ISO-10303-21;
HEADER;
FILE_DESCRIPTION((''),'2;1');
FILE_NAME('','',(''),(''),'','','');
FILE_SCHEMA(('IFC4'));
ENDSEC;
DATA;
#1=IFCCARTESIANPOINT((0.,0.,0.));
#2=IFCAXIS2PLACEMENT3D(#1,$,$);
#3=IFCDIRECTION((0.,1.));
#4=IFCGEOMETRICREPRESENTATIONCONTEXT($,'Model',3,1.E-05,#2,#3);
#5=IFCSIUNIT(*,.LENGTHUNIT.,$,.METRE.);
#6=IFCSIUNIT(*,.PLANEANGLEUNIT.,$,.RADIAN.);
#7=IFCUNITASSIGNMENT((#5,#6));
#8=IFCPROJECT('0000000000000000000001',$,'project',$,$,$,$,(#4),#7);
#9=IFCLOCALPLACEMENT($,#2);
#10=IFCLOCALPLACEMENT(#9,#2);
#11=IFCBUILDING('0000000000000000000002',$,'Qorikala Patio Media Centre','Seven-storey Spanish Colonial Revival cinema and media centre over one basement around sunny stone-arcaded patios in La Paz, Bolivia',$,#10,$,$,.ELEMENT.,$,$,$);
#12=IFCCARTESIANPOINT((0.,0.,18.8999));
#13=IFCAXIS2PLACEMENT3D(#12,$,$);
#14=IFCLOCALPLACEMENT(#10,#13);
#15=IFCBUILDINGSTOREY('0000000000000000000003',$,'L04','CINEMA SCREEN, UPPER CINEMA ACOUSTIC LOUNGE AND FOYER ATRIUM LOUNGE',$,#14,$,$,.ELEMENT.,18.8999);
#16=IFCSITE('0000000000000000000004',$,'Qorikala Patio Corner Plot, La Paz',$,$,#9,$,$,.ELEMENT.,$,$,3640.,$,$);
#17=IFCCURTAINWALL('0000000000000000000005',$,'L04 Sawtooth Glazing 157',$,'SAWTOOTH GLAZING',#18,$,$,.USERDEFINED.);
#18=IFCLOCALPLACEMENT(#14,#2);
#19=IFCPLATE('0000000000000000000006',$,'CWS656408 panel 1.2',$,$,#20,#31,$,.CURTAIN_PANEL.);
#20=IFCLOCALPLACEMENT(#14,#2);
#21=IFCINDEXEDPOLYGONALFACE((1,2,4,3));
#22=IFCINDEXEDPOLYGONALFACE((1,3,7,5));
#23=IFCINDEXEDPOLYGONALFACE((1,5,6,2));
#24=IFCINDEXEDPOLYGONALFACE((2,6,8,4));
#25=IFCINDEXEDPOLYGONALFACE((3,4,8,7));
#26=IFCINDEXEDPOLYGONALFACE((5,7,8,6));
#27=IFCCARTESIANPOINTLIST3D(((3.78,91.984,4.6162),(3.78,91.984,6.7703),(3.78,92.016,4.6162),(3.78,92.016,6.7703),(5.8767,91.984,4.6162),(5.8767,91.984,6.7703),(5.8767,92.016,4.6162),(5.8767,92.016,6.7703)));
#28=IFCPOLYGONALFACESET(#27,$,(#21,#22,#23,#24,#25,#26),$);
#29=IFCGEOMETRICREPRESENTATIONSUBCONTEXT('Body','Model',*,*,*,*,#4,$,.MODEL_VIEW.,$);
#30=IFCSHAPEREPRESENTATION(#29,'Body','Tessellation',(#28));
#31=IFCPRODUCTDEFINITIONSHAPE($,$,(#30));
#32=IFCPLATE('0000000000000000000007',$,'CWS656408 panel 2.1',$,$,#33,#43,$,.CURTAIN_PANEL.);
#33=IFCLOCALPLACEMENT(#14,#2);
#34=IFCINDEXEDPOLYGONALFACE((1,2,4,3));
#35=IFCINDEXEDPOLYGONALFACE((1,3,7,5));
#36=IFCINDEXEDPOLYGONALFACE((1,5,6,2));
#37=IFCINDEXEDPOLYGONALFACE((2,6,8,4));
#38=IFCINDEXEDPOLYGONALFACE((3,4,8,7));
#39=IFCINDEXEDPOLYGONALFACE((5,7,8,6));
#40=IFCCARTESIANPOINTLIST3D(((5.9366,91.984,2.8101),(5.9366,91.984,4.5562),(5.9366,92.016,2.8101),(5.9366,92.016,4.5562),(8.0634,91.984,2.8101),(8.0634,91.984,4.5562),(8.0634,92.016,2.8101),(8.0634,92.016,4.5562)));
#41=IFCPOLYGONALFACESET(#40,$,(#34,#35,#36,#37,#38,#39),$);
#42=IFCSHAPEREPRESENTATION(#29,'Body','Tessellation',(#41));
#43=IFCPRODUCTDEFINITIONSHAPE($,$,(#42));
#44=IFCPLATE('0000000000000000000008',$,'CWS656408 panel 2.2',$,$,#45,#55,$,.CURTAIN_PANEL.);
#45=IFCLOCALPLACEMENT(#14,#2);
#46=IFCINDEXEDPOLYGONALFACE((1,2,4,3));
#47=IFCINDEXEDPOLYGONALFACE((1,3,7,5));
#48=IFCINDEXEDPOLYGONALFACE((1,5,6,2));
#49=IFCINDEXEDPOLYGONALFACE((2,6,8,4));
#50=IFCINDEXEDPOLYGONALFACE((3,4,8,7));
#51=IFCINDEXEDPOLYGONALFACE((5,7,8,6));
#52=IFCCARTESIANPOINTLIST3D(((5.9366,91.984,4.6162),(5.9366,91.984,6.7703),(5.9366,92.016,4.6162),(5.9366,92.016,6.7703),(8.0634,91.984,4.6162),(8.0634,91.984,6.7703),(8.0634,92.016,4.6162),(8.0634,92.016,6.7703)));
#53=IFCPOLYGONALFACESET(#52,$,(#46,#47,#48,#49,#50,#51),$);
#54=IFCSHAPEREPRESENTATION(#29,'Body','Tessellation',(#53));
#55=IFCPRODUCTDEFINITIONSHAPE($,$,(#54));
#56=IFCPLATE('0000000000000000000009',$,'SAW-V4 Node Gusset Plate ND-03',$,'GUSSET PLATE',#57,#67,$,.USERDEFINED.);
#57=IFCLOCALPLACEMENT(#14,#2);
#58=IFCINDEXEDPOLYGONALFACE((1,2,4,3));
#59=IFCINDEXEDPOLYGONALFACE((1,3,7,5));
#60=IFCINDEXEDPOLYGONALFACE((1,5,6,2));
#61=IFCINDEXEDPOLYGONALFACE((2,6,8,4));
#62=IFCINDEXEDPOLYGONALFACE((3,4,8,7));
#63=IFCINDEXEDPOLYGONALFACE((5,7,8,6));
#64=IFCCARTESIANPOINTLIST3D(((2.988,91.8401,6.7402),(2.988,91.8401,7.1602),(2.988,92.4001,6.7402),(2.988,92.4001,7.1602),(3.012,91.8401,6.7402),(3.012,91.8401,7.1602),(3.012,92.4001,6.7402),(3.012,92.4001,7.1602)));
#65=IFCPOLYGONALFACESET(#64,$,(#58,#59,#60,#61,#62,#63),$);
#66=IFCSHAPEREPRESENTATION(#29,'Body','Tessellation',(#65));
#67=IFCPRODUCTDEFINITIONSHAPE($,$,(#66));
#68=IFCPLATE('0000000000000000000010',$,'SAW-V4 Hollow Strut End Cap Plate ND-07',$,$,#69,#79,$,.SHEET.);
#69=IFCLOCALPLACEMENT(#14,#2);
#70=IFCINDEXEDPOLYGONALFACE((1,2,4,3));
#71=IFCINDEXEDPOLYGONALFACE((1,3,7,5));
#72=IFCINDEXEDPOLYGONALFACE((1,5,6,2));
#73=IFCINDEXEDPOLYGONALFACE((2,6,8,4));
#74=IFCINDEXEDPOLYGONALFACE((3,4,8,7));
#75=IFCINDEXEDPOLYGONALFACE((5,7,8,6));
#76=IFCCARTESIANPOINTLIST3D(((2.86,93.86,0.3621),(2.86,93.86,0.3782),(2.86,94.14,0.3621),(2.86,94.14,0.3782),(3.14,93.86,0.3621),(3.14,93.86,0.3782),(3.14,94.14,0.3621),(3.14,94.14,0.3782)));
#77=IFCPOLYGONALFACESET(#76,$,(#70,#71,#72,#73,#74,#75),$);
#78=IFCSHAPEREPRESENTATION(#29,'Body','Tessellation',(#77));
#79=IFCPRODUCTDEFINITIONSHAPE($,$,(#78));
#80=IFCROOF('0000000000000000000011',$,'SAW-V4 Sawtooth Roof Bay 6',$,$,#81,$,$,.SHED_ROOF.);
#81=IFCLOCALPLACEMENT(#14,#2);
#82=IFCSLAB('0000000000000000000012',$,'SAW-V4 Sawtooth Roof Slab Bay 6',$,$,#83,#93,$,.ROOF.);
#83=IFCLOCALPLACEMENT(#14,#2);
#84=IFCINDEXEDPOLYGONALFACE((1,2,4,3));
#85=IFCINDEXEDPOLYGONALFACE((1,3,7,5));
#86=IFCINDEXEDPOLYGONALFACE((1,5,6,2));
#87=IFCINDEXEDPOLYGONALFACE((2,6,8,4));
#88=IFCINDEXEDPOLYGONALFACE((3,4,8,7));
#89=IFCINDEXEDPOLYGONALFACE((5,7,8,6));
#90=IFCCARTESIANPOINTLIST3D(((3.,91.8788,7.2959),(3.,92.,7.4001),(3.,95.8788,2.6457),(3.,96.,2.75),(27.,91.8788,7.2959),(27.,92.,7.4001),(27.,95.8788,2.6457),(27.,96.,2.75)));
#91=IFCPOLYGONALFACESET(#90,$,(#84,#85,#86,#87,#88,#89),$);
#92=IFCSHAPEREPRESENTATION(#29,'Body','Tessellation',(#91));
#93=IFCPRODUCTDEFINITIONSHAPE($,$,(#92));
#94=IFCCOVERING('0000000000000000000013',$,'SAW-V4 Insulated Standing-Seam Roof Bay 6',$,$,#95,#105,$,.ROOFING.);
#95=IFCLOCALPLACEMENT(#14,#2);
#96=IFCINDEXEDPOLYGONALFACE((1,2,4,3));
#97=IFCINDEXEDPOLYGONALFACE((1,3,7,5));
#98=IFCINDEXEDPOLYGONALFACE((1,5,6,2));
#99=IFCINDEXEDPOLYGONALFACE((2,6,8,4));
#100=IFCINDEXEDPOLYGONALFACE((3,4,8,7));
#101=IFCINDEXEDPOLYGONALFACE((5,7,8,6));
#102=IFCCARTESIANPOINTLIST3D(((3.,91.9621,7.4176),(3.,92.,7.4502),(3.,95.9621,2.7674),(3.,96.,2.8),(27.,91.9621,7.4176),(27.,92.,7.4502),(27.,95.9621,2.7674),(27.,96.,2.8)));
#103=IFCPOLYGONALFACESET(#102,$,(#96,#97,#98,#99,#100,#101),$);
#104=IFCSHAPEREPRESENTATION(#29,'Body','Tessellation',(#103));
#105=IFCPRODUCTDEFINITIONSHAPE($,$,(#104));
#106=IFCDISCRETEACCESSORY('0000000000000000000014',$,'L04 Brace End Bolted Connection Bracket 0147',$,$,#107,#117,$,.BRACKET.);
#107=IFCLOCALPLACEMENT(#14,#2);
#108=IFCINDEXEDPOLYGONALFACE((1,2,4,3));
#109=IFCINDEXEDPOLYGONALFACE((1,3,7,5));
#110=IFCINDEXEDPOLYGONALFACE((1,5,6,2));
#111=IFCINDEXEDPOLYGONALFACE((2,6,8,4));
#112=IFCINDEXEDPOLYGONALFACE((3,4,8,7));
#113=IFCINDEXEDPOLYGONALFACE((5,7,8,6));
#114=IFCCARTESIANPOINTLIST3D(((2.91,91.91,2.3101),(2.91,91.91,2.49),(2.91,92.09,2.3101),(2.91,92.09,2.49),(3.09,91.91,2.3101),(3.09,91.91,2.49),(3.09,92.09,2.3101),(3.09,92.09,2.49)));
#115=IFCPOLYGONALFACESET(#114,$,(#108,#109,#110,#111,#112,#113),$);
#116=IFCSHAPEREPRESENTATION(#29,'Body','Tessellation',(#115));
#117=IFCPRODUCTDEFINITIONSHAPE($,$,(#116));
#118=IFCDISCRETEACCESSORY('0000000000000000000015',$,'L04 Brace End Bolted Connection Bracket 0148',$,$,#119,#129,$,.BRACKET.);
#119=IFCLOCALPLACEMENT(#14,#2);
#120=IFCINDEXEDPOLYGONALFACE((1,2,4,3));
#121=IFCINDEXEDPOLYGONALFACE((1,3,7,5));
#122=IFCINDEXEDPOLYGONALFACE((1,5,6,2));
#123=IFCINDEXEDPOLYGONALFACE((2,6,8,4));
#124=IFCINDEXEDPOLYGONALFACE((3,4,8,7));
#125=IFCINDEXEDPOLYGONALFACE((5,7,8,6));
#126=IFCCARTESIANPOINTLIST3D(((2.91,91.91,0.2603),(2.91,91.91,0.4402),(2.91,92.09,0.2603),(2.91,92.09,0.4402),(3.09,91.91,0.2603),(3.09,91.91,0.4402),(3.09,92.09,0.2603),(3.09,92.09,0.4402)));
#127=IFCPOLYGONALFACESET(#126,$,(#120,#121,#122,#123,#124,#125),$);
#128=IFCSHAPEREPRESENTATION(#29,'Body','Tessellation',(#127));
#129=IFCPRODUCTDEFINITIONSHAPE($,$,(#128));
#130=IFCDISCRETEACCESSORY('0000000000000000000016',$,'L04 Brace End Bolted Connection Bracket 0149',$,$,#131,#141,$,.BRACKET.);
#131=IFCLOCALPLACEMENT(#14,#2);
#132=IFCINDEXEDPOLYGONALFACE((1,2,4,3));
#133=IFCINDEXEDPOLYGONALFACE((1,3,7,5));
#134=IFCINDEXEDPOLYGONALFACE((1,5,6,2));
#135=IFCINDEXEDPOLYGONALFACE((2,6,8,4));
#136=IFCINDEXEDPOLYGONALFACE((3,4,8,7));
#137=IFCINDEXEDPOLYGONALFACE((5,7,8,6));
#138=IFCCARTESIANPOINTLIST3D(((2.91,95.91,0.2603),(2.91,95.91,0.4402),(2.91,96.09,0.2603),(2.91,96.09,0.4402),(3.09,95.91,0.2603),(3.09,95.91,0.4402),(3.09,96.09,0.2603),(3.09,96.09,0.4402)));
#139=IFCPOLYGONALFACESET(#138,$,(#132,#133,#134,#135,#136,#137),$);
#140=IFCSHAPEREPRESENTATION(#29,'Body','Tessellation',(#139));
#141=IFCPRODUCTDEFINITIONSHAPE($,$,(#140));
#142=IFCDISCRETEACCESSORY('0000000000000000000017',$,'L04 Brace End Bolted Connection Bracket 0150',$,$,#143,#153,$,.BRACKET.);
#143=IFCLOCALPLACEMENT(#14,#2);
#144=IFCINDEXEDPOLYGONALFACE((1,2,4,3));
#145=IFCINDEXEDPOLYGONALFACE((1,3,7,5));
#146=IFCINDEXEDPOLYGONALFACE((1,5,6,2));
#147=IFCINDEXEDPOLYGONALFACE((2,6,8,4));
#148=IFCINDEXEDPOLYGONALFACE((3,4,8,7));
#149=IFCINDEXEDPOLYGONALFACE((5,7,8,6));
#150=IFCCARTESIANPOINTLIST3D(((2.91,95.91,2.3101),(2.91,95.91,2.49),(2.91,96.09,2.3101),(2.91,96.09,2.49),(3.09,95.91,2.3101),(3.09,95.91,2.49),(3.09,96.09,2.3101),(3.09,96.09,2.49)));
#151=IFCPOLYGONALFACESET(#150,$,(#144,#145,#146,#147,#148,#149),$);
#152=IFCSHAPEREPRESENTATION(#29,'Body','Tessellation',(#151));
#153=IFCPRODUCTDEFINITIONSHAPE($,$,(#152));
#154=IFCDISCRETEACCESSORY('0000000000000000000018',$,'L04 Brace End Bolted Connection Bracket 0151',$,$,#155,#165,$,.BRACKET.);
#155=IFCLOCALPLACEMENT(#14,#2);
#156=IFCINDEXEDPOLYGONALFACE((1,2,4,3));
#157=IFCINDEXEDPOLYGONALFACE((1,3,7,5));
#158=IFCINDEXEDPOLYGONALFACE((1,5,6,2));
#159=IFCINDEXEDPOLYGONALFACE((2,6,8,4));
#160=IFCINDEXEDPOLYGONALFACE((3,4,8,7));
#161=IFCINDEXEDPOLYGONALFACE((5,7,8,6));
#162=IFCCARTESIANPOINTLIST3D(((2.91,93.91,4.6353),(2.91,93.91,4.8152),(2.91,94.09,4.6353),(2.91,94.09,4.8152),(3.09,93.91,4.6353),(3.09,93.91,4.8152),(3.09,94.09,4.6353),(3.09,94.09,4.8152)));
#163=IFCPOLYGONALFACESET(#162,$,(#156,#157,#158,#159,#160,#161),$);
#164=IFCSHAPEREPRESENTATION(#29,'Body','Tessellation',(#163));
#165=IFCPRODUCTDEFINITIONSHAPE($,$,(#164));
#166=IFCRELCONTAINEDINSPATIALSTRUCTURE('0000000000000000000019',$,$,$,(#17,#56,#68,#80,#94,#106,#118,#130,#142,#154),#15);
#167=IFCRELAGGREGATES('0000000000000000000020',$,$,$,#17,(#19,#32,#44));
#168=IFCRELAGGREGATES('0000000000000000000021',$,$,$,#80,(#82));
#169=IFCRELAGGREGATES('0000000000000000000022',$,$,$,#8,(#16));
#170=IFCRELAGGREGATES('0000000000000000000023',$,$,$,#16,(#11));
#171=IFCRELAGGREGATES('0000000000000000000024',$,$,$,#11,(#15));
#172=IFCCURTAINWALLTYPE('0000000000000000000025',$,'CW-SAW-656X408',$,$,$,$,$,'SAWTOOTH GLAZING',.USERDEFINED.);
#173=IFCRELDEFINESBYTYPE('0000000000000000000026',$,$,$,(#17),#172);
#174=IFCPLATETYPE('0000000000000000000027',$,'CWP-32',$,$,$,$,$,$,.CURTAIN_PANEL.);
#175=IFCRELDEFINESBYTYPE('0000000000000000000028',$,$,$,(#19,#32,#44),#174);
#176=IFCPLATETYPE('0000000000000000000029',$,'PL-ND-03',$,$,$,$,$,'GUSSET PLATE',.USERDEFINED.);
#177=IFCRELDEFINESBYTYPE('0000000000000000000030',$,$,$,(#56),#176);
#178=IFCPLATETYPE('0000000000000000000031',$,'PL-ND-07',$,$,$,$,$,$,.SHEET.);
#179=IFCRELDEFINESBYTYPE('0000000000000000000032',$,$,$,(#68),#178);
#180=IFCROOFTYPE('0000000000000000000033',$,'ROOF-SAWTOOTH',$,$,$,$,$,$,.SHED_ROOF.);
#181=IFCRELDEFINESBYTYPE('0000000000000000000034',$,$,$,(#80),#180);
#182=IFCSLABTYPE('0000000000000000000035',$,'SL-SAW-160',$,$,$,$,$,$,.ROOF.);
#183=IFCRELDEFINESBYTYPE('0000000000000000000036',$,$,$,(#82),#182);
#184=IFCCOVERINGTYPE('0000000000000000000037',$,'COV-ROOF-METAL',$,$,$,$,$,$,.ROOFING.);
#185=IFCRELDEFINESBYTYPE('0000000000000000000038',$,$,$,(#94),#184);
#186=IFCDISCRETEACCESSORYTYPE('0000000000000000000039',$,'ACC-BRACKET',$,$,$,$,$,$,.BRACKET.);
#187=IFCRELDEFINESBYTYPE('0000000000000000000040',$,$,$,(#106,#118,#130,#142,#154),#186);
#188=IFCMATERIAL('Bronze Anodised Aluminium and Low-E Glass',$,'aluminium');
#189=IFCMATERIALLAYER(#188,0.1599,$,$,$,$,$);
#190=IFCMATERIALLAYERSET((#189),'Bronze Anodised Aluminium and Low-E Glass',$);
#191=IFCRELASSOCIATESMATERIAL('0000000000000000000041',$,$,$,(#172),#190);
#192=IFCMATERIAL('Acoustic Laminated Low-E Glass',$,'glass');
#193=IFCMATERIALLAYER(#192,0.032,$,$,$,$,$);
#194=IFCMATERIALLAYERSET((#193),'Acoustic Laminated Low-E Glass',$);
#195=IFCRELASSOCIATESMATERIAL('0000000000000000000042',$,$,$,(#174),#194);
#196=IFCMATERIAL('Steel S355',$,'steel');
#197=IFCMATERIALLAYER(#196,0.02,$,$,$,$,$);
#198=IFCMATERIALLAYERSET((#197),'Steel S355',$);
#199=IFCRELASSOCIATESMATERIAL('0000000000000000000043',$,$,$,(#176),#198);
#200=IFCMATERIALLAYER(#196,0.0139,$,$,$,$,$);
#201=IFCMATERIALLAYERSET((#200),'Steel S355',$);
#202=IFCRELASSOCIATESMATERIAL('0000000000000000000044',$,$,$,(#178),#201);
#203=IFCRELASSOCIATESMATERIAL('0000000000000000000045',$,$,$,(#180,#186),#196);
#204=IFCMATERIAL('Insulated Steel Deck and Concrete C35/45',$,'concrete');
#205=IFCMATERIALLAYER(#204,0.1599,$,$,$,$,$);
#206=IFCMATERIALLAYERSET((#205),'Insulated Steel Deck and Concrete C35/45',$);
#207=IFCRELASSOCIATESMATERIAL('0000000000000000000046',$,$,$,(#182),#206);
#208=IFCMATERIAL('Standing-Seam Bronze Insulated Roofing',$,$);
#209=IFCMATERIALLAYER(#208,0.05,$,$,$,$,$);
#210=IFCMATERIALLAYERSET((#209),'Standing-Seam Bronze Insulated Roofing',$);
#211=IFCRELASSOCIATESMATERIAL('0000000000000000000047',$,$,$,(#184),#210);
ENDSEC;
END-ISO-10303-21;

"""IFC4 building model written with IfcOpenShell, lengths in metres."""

from ifc_helpers import new_model, si_unit, direction, frame, origin, origin_2d, place, context, subcontext, project, spatial, polyline, rectangle, outline, extrude, material, layer, layer_set, type_object, element, aggregate, save


model = new_model("IFC4")

# Units and contexts
model_context = context("Model", 3, precision=1e-05, world=origin(), true_north=direction((0.0, 1.0)))
body_context = subcontext(model_context, "Body", "Model", "MODEL_VIEW")
ifc_project = project(units=[si_unit("LENGTHUNIT", "METRE"), si_unit("PLANEANGLEUNIT", "RADIAN")], contexts=[model_context])

# Site, building, storey
site_placement = place(None, origin())
site = spatial("IfcSite", under=ifc_project, at=site_placement, Name="Qorikala Patio Corner Plot, La Paz", CompositionType="ELEMENT", RefElevation=3640.0)
building_placement = place(site_placement, origin())
building = spatial("IfcBuilding", under=site, at=building_placement, Name="Qorikala Patio Media Centre", Description="Seven-storey Spanish Colonial Revival cinema and media centre over one basement around sunny stone-arcaded patios in La Paz, Bolivia", CompositionType="ELEMENT")
storey_placement = place(building_placement, frame((0.0, 0.0, 18.8999)))
storey = spatial("IfcBuildingStorey", under=building, at=storey_placement, Name="L04", Description="CINEMA SCREEN, UPPER CINEMA ACOUSTIC LOUNGE AND FOYER ATRIUM LOUNGE", CompositionType="ELEMENT", Elevation=18.8999)

# Shared definitions
ifc_material_1 = material(Name="Steel S355", Category="steel")

# Curtain wall
ifc_material_2 = material(Name="Bronze Anodised Aluminium and Low-E Glass", Category="aluminium")
ifc_layer_1 = layer(ifc_material_2, 0.1599)
ifc_layer_set_1 = layer_set([ifc_layer_1], Name="Bronze Anodised Aluminium and Low-E Glass")
curtain_wall_type = type_object("IfcCurtainWallType", Name="CW-SAW-656X408", ElementType="SAWTOOTH GLAZING", PredefinedType="USERDEFINED", material=ifc_layer_set_1)
curtain_wall_placement = place(storey_placement, origin())
curtain_wall = element("IfcCurtainWall", 1, at=curtain_wall_placement, inside=storey, type_object=curtain_wall_type, Name="L04 Sawtooth Glazing 157", ObjectType="SAWTOOTH GLAZING", PredefinedType="USERDEFINED")

# Plates
ifc_material_3 = material(Name="Acoustic Laminated Low-E Glass", Category="glass")
ifc_layer_2 = layer(ifc_material_3, 0.032)
ifc_layer_set_2 = layer_set([ifc_layer_2], Name="Acoustic Laminated Low-E Glass")
plate_type_1 = type_object("IfcPlateType", Name="CWP-32", PredefinedType="CURTAIN_PANEL", material=ifc_layer_set_2)
plate_1_placement = place(storey_placement, frame((4.8284, 92.0, 4.6162), z_axis=(0.0, 0.0, 1.0), x_axis=(1.0, 0.0, 0.0)))
plate_1 = element("IfcPlate", 2, at=plate_1_placement, type_object=plate_type_1, Name="CWS656408 panel 1.2", PredefinedType="CURTAIN_PANEL", context=body_context, shape_type="SweptSolid", body=[
    extrude(rectangle(XDim=2.0967, YDim=0.032, at=origin_2d()), origin(), (0.0, 0.0, 1.0), 2.1541),
])
plate_2_placement = place(storey_placement, frame((7.0, 92.0, 2.8101), z_axis=(0.0, 0.0, 1.0), x_axis=(1.0, 0.0, 0.0)))
plate_2 = element("IfcPlate", 3, at=plate_2_placement, type_object=plate_type_1, Name="CWS656408 panel 2.1", PredefinedType="CURTAIN_PANEL", context=body_context, shape_type="SweptSolid", body=[
    extrude(rectangle(XDim=2.1267, YDim=0.032, at=origin_2d()), origin(), (0.0, 0.0, 1.0), 1.7461),
])
plate_3_placement = place(storey_placement, frame((7.0, 92.0, 4.6162), z_axis=(0.0, 0.0, 1.0), x_axis=(1.0, 0.0, 0.0)))
plate_3 = element("IfcPlate", 4, at=plate_3_placement, type_object=plate_type_1, Name="CWS656408 panel 2.2", PredefinedType="CURTAIN_PANEL", context=body_context, shape_type="SweptSolid", body=[
    extrude(rectangle(XDim=2.1267, YDim=0.032, at=origin_2d()), origin(), (0.0, 0.0, 1.0), 2.1541),
])
aggregate(curtain_wall, [plate_1, plate_2, plate_3])

# Plates
ifc_layer_3 = layer(ifc_material_1, 0.02)
ifc_layer_set_3 = layer_set([ifc_layer_3], Name="Steel S355")
plate_type_2 = type_object("IfcPlateType", Name="PL-ND-03", ElementType="GUSSET PLATE", PredefinedType="USERDEFINED", material=ifc_layer_set_3)
plate_4_placement = place(storey_placement, frame((3.0, 92.1201, 6.7402), z_axis=(0.0, 0.0, 1.0), x_axis=(1.0, 0.0, 0.0)))
element("IfcPlate", 5, at=plate_4_placement, inside=storey, type_object=plate_type_2, Name="SAW-V4 Node Gusset Plate ND-03", ObjectType="GUSSET PLATE", PredefinedType="USERDEFINED", context=body_context, shape_type="SweptSolid", body=[
    extrude(rectangle(XDim=0.0239, YDim=0.5601, at=origin_2d()), origin(), (0.0, 0.0, 1.0), 0.4199),
])
ifc_layer_4 = layer(ifc_material_1, 0.0139)
ifc_layer_set_4 = layer_set([ifc_layer_4], Name="Steel S355")
plate_type_3 = type_object("IfcPlateType", Name="PL-ND-07", PredefinedType="SHEET", material=ifc_layer_set_4)
plate_5_placement = place(storey_placement, frame((3.0, 94.0, 0.3621), z_axis=(0.0, 0.0, 1.0), x_axis=(1.0, 0.0, 0.0)))
element("IfcPlate", 6, at=plate_5_placement, inside=storey, type_object=plate_type_3, Name="SAW-V4 Hollow Strut End Cap Plate ND-07", PredefinedType="SHEET", context=body_context, shape_type="SweptSolid", body=[
    extrude(rectangle(XDim=0.28, YDim=0.28, at=origin_2d()), origin(), (0.0, 0.0, 1.0), 0.0161),
])

# Roof, slab
roof_type = type_object("IfcRoofType", Name="ROOF-SAWTOOTH", PredefinedType="SHED_ROOF", material=ifc_material_1)
roof_placement = place(storey_placement, origin())
roof = element("IfcRoof", 7, at=roof_placement, inside=storey, type_object=roof_type, Name="SAW-V4 Sawtooth Roof Bay 6", PredefinedType="SHED_ROOF")
ifc_material_4 = material(Name="Insulated Steel Deck and Concrete C35/45", Category="concrete")
ifc_layer_5 = layer(ifc_material_4, 0.1599)
ifc_layer_set_5 = layer_set([ifc_layer_5], Name="Insulated Steel Deck and Concrete C35/45")
slab_type = type_object("IfcSlabType", Name="SL-SAW-160", PredefinedType="ROOF", material=ifc_layer_set_5)
slab_placement = place(storey_placement, frame((3.0, 92.0, 7.4001), z_axis=(0.0, 0.758115, 0.652121), x_axis=(1.0, 0.0, 0.0)))
slab = element("IfcSlab", 8, at=slab_placement, type_object=slab_type, Name="SAW-V4 Sawtooth Roof Slab Bay 6", PredefinedType="ROOF", context=body_context, shape_type="SweptSolid", body=[
    extrude(outline(polyline([(0.0, 0.0), (24.0, 0.0), (24.0, 6.1338), (0.0, 6.1338), (0.0, 0.0)])), origin(), (0.0, 0.0, -1.0), 0.1599),
])
aggregate(roof, [slab])

# Covering
ifc_material_5 = material(Name="Standing-Seam Bronze Insulated Roofing")
ifc_layer_6 = layer(ifc_material_5, 0.05)
ifc_layer_set_6 = layer_set([ifc_layer_6], Name="Standing-Seam Bronze Insulated Roofing")
covering_type = type_object("IfcCoveringType", Name="COV-ROOF-METAL", PredefinedType="ROOFING", material=ifc_layer_set_6)
covering_placement = place(storey_placement, frame((3.0, 92.0, 7.4502), z_axis=(0.0, 0.758115, 0.652121), x_axis=(1.0, 0.0, 0.0)))
element("IfcCovering", 9, at=covering_placement, inside=storey, type_object=covering_type, Name="SAW-V4 Insulated Standing-Seam Roof Bay 6", PredefinedType="ROOFING", context=body_context, shape_type="SweptSolid", body=[
    extrude(outline(polyline([(0.0, 0.0), (24.0, 0.0), (24.0, 6.1338), (0.0, 6.1338), (0.0, 0.0)])), origin(), (0.0, 0.0, -1.0), 0.05),
])

# Discrete accessories
discrete_accessory_type = type_object("IfcDiscreteAccessoryType", Name="ACC-BRACKET", PredefinedType="BRACKET", material=ifc_material_1)
for number, where, z_axis, x_axis, name in (
    (10, (3.0, 92.0, 2.3101), (0.0, 0.0, 1.0), (1.0, 0.0, 0.0), "L04 Brace End Bolted Connection Bracket 0147"),
    (11, (3.0, 92.0, 0.2603), (0.0, 0.0, 1.0), (1.0, 0.0, 0.0), "L04 Brace End Bolted Connection Bracket 0148"),
    (12, (3.0, 96.0, 0.2603), (0.0, 0.0, 1.0), (1.0, 0.0, 0.0), "L04 Brace End Bolted Connection Bracket 0149"),
    (13, (3.0, 96.0, 2.3101), (0.0, 0.0, 1.0), (1.0, 0.0, 0.0), "L04 Brace End Bolted Connection Bracket 0150"),
    (14, (3.0, 94.0, 4.6353), (0.0, 0.0, 1.0), (1.0, 0.0, 0.0), "L04 Brace End Bolted Connection Bracket 0151"),
):
    element("IfcDiscreteAccessory", number, at=place(storey_placement, frame(where, z_axis=z_axis, x_axis=x_axis)), inside=storey, type_object=discrete_accessory_type, Name=name, PredefinedType="BRACKET", context=body_context, shape_type="SweptSolid", body=[
        extrude(rectangle(XDim=0.1799, YDim=0.1799, at=origin_2d()), origin(), (0.0, 0.0, 1.0), 0.1799),
    ])

save(model, "model.ifc")
